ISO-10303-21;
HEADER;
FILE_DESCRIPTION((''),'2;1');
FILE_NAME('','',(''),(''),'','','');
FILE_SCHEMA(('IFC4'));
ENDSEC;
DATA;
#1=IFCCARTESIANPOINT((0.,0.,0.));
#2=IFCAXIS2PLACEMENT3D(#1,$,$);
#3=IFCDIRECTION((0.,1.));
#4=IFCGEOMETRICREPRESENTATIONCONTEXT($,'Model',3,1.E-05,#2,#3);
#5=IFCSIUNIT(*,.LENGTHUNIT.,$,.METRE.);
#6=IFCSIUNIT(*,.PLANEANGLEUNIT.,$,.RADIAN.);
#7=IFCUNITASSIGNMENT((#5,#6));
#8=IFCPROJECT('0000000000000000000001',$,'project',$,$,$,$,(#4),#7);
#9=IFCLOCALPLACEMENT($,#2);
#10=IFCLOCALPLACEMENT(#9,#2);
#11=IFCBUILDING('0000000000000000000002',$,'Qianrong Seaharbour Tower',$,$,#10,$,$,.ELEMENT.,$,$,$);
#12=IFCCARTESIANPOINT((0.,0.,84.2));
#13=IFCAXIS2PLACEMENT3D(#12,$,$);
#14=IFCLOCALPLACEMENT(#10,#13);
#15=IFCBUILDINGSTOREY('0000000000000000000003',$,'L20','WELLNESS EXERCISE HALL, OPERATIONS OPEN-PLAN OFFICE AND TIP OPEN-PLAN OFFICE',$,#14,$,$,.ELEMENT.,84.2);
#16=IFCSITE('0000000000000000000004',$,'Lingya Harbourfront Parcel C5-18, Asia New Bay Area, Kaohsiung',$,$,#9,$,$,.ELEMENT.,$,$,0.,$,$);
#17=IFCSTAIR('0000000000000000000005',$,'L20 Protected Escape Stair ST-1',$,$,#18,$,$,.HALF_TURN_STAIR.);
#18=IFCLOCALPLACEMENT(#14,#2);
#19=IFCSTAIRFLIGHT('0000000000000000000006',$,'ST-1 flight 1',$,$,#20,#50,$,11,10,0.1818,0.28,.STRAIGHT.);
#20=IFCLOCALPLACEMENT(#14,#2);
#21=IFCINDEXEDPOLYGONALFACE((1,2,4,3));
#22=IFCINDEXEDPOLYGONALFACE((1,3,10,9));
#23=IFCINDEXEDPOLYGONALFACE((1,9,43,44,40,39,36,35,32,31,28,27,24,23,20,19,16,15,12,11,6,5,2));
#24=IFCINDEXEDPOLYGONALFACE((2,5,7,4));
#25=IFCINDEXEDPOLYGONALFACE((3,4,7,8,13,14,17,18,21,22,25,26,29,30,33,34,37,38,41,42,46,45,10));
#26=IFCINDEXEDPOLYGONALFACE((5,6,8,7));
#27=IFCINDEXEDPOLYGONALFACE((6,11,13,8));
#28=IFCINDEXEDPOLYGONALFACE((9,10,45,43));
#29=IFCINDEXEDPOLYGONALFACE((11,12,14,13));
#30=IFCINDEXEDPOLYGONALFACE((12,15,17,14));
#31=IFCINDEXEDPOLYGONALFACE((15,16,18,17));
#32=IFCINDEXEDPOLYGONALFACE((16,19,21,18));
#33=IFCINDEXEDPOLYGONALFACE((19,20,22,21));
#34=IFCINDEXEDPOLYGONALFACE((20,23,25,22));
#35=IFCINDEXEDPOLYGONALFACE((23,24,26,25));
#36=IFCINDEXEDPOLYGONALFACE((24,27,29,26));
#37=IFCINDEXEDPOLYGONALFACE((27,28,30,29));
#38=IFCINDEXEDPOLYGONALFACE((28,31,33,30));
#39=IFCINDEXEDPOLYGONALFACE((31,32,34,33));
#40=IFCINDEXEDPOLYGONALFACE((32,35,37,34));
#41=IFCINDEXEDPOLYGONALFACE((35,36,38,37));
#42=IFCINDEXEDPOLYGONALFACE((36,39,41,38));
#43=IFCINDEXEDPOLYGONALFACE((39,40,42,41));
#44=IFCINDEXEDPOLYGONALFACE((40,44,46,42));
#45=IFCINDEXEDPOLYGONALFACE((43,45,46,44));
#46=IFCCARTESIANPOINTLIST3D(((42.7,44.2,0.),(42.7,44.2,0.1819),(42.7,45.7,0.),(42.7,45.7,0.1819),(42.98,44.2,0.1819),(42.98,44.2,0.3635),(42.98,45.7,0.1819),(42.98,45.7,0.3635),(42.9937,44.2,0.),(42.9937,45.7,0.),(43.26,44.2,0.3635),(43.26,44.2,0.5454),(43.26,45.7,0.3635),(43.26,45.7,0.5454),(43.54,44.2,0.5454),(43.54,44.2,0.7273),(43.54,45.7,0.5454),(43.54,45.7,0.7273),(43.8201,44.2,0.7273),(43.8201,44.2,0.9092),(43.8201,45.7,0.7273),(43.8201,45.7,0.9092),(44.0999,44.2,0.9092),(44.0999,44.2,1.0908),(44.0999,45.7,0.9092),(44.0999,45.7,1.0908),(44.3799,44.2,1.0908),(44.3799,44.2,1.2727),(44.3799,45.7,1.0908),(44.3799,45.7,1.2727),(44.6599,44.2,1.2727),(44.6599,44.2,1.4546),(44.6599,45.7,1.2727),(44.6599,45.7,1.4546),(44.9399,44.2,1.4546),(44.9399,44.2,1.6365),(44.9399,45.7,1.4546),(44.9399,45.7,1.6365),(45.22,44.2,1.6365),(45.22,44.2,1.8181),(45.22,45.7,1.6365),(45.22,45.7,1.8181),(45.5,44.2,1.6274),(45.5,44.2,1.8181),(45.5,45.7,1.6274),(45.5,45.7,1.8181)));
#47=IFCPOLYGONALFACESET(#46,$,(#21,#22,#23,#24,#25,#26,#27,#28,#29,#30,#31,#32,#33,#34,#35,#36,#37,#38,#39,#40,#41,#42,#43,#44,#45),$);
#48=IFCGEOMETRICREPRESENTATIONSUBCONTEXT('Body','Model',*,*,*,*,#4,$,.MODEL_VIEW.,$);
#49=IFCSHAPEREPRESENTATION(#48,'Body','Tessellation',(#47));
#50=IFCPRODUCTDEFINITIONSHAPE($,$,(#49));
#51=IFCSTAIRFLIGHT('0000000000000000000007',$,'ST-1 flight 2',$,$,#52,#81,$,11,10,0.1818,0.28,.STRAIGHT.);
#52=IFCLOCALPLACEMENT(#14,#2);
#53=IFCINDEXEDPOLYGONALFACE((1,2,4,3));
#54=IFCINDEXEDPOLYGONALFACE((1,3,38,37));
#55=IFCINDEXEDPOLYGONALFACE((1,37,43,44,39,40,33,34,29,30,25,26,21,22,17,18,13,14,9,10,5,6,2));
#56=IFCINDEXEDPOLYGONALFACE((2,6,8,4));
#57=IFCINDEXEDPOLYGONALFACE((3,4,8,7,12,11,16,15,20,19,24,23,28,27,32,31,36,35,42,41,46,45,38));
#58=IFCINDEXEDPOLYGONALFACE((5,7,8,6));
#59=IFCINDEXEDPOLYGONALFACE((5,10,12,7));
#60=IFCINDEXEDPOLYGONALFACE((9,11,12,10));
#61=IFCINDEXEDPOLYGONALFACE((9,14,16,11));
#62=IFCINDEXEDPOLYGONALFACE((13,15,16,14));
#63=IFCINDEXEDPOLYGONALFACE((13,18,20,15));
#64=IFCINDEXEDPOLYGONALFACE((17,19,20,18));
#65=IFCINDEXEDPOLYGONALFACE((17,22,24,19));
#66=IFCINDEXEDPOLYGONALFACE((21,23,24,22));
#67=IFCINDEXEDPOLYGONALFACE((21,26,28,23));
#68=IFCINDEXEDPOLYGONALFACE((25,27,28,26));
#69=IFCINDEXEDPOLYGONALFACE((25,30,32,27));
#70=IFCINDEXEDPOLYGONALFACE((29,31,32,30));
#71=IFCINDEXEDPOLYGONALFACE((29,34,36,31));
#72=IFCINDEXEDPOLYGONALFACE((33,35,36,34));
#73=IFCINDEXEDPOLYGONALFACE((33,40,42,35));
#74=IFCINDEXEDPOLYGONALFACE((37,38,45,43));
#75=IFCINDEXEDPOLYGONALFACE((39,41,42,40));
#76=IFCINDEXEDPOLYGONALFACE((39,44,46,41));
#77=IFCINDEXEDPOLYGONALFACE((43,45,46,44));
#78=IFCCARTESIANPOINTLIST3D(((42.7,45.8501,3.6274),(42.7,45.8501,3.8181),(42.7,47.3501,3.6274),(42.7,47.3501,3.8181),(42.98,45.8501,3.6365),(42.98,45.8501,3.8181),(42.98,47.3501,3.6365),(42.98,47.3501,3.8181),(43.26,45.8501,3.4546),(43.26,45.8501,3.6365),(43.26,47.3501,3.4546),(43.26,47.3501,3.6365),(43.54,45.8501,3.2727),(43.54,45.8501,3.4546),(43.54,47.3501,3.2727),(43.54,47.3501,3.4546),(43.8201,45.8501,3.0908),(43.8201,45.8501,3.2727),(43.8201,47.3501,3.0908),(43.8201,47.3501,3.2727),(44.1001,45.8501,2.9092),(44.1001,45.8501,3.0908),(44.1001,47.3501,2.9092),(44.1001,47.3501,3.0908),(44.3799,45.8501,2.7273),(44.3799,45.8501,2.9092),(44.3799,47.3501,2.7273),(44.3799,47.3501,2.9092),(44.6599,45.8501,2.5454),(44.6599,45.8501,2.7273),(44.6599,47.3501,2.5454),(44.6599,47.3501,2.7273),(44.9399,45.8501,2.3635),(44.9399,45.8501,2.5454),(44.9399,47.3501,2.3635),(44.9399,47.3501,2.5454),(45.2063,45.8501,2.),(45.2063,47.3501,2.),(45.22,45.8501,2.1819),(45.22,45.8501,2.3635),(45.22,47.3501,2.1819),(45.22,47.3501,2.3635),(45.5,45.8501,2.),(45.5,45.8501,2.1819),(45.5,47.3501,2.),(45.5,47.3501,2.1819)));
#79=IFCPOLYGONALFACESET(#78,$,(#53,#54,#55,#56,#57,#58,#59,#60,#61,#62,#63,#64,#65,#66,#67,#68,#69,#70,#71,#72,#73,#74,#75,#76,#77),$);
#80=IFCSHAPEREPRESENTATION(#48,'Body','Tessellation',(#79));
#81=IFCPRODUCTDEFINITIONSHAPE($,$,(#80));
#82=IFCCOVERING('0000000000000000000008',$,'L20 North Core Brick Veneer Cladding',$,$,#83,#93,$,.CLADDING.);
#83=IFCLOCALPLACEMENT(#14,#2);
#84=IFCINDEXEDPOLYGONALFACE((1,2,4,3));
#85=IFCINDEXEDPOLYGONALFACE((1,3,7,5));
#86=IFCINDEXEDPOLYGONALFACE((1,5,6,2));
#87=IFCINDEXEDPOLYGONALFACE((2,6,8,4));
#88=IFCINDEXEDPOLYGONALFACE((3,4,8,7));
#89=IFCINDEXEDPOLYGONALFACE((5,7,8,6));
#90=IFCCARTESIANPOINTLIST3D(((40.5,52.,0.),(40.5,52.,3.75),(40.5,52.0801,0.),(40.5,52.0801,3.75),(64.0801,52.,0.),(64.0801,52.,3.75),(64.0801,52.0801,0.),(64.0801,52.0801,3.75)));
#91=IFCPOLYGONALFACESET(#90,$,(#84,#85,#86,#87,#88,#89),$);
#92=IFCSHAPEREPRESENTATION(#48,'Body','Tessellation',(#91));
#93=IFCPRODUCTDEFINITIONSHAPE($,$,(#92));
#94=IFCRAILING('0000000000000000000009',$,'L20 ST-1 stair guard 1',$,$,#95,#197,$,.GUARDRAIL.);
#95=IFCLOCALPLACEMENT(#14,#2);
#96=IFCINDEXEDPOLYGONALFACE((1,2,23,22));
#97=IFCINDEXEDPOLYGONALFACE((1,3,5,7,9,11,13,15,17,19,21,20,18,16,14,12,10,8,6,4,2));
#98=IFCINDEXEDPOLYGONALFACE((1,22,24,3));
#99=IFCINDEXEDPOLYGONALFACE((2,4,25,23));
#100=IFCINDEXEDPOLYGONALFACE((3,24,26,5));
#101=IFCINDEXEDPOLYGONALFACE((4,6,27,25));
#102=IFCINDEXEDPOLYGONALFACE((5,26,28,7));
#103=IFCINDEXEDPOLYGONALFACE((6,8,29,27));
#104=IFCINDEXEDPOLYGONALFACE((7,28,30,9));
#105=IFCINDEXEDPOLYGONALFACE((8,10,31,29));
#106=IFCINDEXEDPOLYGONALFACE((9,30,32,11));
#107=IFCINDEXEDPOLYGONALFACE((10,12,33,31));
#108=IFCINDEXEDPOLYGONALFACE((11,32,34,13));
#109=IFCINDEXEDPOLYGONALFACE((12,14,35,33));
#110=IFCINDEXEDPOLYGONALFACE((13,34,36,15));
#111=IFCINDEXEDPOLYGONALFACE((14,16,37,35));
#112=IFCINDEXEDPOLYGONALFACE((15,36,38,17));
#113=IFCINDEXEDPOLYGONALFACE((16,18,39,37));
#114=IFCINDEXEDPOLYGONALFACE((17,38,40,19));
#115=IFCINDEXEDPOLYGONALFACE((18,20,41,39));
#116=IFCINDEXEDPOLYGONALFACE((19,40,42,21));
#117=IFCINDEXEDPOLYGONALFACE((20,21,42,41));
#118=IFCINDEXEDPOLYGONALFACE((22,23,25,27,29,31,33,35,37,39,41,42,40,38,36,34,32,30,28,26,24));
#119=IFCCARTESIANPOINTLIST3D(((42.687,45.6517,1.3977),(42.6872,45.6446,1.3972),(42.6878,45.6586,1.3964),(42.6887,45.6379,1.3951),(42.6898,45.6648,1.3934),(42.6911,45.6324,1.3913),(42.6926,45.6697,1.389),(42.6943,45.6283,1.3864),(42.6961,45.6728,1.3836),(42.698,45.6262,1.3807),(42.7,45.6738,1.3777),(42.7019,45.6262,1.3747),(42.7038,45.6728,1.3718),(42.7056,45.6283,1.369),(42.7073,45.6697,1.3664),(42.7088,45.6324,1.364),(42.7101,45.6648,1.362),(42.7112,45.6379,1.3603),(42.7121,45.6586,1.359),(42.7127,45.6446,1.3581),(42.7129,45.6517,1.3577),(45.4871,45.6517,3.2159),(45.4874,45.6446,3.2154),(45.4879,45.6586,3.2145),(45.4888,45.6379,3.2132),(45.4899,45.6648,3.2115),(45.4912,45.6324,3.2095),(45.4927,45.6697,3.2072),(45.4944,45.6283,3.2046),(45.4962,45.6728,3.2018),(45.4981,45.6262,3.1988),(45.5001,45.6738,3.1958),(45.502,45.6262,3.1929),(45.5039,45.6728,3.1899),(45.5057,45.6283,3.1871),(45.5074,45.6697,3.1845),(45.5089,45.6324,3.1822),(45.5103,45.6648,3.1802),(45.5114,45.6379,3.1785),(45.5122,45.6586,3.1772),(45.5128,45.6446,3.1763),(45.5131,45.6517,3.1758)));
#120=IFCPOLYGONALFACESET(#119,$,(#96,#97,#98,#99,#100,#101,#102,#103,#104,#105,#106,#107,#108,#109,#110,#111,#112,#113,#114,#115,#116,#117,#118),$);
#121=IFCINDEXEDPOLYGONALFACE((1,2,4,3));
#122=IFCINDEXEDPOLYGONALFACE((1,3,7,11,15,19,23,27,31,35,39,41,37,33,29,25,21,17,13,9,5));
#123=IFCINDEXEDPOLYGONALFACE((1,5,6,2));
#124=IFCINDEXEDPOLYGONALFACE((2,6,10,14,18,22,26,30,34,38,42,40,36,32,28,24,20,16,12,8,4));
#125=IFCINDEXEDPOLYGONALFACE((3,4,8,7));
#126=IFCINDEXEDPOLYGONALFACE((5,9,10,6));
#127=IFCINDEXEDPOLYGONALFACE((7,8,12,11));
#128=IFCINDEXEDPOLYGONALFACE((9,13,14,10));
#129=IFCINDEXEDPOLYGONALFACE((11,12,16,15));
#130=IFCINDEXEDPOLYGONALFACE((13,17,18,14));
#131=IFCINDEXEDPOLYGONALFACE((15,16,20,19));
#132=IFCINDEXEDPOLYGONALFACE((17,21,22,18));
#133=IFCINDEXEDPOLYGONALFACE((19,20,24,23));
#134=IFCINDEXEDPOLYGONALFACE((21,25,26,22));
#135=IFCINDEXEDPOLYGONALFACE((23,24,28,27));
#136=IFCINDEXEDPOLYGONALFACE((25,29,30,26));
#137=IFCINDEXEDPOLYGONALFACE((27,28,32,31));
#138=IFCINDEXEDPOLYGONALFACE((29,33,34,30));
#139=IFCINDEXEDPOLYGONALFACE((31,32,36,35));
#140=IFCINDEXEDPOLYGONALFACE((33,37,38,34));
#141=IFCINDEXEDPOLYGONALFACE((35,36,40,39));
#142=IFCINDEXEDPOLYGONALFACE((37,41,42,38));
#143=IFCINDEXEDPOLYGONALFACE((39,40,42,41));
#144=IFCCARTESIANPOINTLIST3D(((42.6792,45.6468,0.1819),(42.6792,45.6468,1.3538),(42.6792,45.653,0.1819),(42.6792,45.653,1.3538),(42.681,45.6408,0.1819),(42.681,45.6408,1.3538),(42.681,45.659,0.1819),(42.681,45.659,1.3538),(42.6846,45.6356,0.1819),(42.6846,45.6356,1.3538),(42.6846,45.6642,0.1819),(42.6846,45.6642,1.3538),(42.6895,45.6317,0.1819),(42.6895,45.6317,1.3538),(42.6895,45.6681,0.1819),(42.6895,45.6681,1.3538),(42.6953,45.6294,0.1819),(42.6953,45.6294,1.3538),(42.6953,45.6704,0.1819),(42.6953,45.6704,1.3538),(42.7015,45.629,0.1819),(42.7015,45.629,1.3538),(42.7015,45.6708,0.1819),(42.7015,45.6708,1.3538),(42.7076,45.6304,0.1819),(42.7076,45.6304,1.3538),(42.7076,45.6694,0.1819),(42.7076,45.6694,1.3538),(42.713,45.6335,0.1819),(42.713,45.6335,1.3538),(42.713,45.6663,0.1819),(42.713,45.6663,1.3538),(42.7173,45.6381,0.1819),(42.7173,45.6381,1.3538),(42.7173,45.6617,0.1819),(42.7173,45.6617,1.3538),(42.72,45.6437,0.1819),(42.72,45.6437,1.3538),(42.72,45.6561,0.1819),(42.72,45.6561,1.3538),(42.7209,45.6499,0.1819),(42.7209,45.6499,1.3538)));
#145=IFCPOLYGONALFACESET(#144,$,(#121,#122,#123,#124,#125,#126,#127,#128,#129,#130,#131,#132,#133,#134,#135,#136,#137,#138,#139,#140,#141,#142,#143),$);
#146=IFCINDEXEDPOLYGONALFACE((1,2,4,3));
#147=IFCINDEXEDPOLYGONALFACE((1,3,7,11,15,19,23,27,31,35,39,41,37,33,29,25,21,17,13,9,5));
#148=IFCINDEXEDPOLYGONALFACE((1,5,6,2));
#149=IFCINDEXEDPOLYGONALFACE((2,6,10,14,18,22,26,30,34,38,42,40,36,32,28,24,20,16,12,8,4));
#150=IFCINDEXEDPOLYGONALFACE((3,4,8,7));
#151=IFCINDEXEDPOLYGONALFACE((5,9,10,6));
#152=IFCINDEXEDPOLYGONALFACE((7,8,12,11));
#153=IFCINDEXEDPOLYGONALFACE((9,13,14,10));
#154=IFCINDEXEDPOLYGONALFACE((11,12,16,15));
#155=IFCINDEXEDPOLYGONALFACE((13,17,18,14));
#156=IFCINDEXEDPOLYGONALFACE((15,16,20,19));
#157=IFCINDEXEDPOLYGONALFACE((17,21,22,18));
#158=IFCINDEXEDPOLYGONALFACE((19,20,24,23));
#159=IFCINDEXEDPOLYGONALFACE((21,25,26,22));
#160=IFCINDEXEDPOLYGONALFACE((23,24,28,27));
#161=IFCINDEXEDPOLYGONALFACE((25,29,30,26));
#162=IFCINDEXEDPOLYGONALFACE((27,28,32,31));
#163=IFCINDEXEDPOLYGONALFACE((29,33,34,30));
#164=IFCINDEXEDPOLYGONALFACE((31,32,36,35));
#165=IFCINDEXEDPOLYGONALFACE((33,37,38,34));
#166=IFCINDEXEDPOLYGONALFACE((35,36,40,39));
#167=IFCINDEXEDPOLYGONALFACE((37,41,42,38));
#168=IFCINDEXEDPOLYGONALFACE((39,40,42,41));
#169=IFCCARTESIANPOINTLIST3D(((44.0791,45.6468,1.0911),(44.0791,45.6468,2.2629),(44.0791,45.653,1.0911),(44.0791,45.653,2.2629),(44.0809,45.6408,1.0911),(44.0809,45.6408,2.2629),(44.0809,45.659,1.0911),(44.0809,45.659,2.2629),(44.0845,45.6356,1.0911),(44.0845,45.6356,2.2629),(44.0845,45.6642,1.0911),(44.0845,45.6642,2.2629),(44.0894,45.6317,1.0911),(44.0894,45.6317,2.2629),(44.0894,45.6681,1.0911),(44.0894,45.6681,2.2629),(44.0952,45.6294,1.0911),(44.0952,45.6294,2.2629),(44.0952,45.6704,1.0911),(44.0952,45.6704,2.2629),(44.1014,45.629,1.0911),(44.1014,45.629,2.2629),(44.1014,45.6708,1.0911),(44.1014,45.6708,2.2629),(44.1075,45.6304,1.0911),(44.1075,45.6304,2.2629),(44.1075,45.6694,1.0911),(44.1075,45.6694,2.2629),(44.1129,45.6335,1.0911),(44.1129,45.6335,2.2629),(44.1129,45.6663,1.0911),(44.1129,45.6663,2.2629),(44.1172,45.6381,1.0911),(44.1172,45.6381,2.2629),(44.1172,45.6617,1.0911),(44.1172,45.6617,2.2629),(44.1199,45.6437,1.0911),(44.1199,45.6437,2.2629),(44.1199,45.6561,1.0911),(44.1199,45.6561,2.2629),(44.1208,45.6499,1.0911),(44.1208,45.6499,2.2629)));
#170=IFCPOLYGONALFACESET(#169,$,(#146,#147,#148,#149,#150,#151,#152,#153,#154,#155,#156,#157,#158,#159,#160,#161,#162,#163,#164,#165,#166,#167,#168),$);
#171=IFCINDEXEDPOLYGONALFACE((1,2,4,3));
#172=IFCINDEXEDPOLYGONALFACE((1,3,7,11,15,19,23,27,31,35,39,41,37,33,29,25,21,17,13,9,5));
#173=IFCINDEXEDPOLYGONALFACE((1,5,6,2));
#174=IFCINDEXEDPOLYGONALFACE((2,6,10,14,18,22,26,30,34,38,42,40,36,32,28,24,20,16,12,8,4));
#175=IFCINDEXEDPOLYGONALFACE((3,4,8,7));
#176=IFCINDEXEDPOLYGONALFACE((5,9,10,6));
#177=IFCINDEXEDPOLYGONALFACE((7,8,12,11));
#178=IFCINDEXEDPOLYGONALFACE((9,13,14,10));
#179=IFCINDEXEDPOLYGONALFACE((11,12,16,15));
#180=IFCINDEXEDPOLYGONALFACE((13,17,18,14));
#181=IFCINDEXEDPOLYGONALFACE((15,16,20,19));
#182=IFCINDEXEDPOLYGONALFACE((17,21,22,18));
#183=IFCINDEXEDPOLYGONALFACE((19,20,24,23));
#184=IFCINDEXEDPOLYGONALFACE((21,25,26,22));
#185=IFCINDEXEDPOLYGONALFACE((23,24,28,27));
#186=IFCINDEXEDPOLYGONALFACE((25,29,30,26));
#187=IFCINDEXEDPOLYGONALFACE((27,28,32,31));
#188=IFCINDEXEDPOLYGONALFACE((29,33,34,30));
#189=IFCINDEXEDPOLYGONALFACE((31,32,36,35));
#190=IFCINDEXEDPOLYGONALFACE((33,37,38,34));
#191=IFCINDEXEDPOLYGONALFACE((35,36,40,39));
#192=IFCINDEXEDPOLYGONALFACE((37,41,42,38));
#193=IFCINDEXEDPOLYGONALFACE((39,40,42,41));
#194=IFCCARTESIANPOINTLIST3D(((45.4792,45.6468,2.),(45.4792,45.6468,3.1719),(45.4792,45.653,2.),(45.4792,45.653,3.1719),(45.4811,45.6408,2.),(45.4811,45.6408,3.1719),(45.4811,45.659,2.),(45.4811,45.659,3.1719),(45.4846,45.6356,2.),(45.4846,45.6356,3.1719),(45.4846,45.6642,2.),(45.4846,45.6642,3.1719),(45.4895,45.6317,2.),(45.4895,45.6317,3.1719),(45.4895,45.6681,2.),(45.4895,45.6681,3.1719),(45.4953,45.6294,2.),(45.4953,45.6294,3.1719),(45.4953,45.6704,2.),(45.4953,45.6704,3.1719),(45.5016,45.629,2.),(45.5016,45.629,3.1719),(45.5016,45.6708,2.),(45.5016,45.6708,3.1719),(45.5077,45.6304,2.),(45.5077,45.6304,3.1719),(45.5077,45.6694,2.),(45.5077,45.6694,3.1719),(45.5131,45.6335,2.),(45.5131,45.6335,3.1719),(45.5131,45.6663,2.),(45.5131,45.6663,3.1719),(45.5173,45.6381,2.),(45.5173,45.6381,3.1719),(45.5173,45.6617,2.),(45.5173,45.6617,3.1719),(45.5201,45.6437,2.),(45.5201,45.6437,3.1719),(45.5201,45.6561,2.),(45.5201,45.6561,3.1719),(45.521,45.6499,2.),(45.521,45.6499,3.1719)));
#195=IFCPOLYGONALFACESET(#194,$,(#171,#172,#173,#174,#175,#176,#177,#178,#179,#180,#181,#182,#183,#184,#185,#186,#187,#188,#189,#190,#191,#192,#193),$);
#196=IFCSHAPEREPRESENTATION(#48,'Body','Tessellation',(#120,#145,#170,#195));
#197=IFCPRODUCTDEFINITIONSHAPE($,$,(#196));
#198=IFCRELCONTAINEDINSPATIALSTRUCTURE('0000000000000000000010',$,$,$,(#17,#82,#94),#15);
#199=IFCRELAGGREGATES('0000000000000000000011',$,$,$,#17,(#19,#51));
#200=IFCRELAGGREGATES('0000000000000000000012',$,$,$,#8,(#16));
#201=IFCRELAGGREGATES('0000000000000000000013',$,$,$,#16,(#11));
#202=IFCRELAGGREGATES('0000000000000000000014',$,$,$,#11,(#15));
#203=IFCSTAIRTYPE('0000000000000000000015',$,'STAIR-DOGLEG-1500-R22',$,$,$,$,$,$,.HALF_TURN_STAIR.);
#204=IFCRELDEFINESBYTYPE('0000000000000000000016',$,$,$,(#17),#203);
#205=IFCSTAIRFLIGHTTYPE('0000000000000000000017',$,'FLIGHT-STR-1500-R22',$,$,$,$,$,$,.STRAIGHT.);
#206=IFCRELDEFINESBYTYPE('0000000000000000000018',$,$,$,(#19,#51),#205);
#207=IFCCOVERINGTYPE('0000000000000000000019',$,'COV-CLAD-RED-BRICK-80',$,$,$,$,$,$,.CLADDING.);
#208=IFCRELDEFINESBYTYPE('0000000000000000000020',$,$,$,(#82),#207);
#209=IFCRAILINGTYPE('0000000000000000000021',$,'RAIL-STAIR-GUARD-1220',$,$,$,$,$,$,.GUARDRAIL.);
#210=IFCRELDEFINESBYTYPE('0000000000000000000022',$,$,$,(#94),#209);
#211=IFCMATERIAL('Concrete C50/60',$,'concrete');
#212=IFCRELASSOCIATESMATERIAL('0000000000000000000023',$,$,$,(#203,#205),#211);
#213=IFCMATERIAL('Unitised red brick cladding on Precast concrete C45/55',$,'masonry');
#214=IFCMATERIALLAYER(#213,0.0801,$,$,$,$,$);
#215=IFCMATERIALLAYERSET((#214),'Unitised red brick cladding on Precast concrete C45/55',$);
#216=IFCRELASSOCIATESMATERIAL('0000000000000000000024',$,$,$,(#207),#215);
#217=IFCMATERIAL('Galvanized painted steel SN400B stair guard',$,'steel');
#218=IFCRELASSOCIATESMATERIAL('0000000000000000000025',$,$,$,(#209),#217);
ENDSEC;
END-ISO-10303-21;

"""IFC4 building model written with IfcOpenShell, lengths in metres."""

from ifc_helpers import new_model, si_unit, direction, frame, origin, origin_2d, place, context, subcontext, project, spatial, polyline, rectangle, circle, outline, extrude, material, layer, layer_set, type_object, element, aggregate, save


model = new_model("IFC4")

# Units and contexts
model_context = context("Model", 3, precision=1e-05, world=origin(), true_north=direction((0.0, 1.0)))
body_context = subcontext(model_context, "Body", "Model", "MODEL_VIEW")
ifc_project = project(units=[si_unit("LENGTHUNIT", "METRE"), si_unit("PLANEANGLEUNIT", "RADIAN")], contexts=[model_context])

# Site, building, storey
site_placement = place(None, origin())
site = spatial("IfcSite", under=ifc_project, at=site_placement, Name="Lingya Harbourfront Parcel C5-18, Asia New Bay Area, Kaohsiung", CompositionType="ELEMENT", RefElevation=0.0)
building_placement = place(site_placement, origin())
building = spatial("IfcBuilding", under=site, at=building_placement, Name="Qianrong Seaharbour Tower", CompositionType="ELEMENT")
storey_placement = place(building_placement, frame((0.0, 0.0, 84.2)))
storey = spatial("IfcBuildingStorey", under=building, at=storey_placement, Name="L20", Description="WELLNESS EXERCISE HALL, OPERATIONS OPEN-PLAN OFFICE AND TIP OPEN-PLAN OFFICE", CompositionType="ELEMENT", Elevation=84.2)

# Stair, stair flights
ifc_material_1 = material(Name="Concrete C50/60", Category="concrete")
stair_type = type_object("IfcStairType", Name="STAIR-DOGLEG-1500-R22", PredefinedType="HALF_TURN_STAIR", material=ifc_material_1)
stair_placement = place(storey_placement, origin())
stair = element("IfcStair", 1, at=stair_placement, inside=storey, type_object=stair_type, Name="L20 Protected Escape Stair ST-1", PredefinedType="HALF_TURN_STAIR")
stair_flight_type = type_object("IfcStairFlightType", Name="FLIGHT-STR-1500-R22", PredefinedType="STRAIGHT", material=ifc_material_1)
stair_flight_1_placement = place(storey_placement, frame((42.7, 44.95, 0.0), z_axis=(0.0, 0.0, 1.0), x_axis=(1.0, 0.0, 0.0)))
stair_flight_1 = element("IfcStairFlight", 2, at=stair_flight_1_placement, type_object=stair_flight_type, Name="ST-1 flight 1", NumberOfRisers=11, NumberOfTreads=10, PredefinedType="STRAIGHT", RiserHeight=0.1818, TreadLength=0.28, context=body_context, shape_type="SweptSolid", body=[
    extrude(outline(polyline([(0.0, 0.0), (0.0, 0.1819), (0.28, 0.1819), (0.28, 0.3635), (0.5601, 0.3635), (0.5601, 0.5454), (0.8401, 0.5454), (0.8401, 0.7273), (1.1201, 0.7273), (1.1201, 0.9092), (1.3999, 0.9092), (1.3999, 1.0908), (1.6799, 1.0908), (1.6799, 1.2727), (1.96, 1.2727), (1.96, 1.4546), (2.24, 1.4546), (2.24, 1.6365), (2.52, 1.6365), (2.52, 1.8181), (2.8, 1.8181), (2.8, 2.0), (2.8, 1.6274), (0.2937, 0.0), (0.0, 0.0)])), frame((0.0, 0.75, 0.0), z_axis=(0.0, -1.0, 0.0), x_axis=(1.0, 0.0, 0.0)), (0.0, 0.0, 1.0), 1.5),
])
stair_flight_2_placement = place(storey_placement, frame((45.5, 46.6001, 2.0), z_axis=(0.0, 0.0, 1.0), x_axis=(-1.0, 0.0, 0.0)))
stair_flight_2 = element("IfcStairFlight", 3, at=stair_flight_2_placement, type_object=stair_flight_type, Name="ST-1 flight 2", NumberOfRisers=11, NumberOfTreads=10, PredefinedType="STRAIGHT", RiserHeight=0.1818, TreadLength=0.28, context=body_context, shape_type="SweptSolid", body=[
    extrude(outline(polyline([(0.0, 0.0), (0.0, 0.1819), (0.28, 0.1819), (0.28, 0.3635), (0.5601, 0.3635), (0.5601, 0.5454), (0.8401, 0.5454), (0.8401, 0.7273), (1.1201, 0.7273), (1.1201, 0.9092), (1.3999, 0.9092), (1.3999, 1.0908), (1.6799, 1.0908), (1.6799, 1.2727), (1.96, 1.2727), (1.96, 1.4546), (2.24, 1.4546), (2.24, 1.6365), (2.52, 1.6365), (2.52, 1.8181), (2.8, 1.8181), (2.8, 2.0), (2.8, 1.6274), (0.2937, 0.0), (0.0, 0.0)])), frame((0.0, 0.75, 0.0), z_axis=(0.0, -1.0, 0.0), x_axis=(1.0, 0.0, 0.0)), (0.0, 0.0, 1.0), 1.5),
])
aggregate(stair, [stair_flight_1, stair_flight_2])

# Covering
ifc_material_2 = material(Name="Unitised red brick cladding on Precast concrete C45/55", Category="masonry")
ifc_layer_1 = layer(ifc_material_2, 0.0801)
ifc_layer_set_1 = layer_set([ifc_layer_1], Name="Unitised red brick cladding on Precast concrete C45/55")
covering_type = type_object("IfcCoveringType", Name="COV-CLAD-RED-BRICK-80", PredefinedType="CLADDING", material=ifc_layer_set_1)
covering_placement = place(storey_placement, frame((52.29, 52.04, 0.0), z_axis=(0.0, 0.0, 1.0), x_axis=(1.0, 0.0, 0.0)))
element("IfcCovering", 4, at=covering_placement, inside=storey, type_object=covering_type, Name="L20 North Core Brick Veneer Cladding", PredefinedType="CLADDING", context=body_context, shape_type="SweptSolid", body=[
    extrude(rectangle(XDim=23.5801, YDim=0.0801, at=origin_2d()), origin(), (0.0, 0.0, 1.0), 3.75),
])

# Railing
ifc_material_3 = material(Name="Galvanized painted steel SN400B stair guard", Category="steel")
railing_type_1 = type_object("IfcRailingType", Name="RAIL-STAIR-GUARD-1220", PredefinedType="GUARDRAIL", material=ifc_material_3)
railing_1_placement = place(storey_placement, frame((42.7, 45.6499, 0.1819)))
element("IfcRailing", 5, at=railing_1_placement, inside=storey, type_object=railing_type_1, Name="L20 ST-1 stair guard 1", PredefinedType="GUARDRAIL", context=body_context, shape_type="SweptSolid", body=[
    extrude(circle(Radius=0.0239, at=origin_2d()), frame((0.0, 0.0, 1.1958), z_axis=(0.838706, 0.0, 0.544585), x_axis=(0.0, 1.0, 0.0)), (0.0, 0.0, 1.0), 3.3386),
    extrude(circle(Radius=0.021, at=origin_2d()), origin(), (0.0, 0.0, 1.0), 1.1719),
    extrude(circle(Radius=0.021, at=origin_2d()), frame((1.3999, 0.0, 0.9092)), (0.0, 0.0, 1.0), 1.1719),
    extrude(circle(Radius=0.021, at=origin_2d()), frame((2.8, 0.0, 1.8181)), (0.0, 0.0, 1.0), 1.1719),
])

save(model, "model.ifc")
